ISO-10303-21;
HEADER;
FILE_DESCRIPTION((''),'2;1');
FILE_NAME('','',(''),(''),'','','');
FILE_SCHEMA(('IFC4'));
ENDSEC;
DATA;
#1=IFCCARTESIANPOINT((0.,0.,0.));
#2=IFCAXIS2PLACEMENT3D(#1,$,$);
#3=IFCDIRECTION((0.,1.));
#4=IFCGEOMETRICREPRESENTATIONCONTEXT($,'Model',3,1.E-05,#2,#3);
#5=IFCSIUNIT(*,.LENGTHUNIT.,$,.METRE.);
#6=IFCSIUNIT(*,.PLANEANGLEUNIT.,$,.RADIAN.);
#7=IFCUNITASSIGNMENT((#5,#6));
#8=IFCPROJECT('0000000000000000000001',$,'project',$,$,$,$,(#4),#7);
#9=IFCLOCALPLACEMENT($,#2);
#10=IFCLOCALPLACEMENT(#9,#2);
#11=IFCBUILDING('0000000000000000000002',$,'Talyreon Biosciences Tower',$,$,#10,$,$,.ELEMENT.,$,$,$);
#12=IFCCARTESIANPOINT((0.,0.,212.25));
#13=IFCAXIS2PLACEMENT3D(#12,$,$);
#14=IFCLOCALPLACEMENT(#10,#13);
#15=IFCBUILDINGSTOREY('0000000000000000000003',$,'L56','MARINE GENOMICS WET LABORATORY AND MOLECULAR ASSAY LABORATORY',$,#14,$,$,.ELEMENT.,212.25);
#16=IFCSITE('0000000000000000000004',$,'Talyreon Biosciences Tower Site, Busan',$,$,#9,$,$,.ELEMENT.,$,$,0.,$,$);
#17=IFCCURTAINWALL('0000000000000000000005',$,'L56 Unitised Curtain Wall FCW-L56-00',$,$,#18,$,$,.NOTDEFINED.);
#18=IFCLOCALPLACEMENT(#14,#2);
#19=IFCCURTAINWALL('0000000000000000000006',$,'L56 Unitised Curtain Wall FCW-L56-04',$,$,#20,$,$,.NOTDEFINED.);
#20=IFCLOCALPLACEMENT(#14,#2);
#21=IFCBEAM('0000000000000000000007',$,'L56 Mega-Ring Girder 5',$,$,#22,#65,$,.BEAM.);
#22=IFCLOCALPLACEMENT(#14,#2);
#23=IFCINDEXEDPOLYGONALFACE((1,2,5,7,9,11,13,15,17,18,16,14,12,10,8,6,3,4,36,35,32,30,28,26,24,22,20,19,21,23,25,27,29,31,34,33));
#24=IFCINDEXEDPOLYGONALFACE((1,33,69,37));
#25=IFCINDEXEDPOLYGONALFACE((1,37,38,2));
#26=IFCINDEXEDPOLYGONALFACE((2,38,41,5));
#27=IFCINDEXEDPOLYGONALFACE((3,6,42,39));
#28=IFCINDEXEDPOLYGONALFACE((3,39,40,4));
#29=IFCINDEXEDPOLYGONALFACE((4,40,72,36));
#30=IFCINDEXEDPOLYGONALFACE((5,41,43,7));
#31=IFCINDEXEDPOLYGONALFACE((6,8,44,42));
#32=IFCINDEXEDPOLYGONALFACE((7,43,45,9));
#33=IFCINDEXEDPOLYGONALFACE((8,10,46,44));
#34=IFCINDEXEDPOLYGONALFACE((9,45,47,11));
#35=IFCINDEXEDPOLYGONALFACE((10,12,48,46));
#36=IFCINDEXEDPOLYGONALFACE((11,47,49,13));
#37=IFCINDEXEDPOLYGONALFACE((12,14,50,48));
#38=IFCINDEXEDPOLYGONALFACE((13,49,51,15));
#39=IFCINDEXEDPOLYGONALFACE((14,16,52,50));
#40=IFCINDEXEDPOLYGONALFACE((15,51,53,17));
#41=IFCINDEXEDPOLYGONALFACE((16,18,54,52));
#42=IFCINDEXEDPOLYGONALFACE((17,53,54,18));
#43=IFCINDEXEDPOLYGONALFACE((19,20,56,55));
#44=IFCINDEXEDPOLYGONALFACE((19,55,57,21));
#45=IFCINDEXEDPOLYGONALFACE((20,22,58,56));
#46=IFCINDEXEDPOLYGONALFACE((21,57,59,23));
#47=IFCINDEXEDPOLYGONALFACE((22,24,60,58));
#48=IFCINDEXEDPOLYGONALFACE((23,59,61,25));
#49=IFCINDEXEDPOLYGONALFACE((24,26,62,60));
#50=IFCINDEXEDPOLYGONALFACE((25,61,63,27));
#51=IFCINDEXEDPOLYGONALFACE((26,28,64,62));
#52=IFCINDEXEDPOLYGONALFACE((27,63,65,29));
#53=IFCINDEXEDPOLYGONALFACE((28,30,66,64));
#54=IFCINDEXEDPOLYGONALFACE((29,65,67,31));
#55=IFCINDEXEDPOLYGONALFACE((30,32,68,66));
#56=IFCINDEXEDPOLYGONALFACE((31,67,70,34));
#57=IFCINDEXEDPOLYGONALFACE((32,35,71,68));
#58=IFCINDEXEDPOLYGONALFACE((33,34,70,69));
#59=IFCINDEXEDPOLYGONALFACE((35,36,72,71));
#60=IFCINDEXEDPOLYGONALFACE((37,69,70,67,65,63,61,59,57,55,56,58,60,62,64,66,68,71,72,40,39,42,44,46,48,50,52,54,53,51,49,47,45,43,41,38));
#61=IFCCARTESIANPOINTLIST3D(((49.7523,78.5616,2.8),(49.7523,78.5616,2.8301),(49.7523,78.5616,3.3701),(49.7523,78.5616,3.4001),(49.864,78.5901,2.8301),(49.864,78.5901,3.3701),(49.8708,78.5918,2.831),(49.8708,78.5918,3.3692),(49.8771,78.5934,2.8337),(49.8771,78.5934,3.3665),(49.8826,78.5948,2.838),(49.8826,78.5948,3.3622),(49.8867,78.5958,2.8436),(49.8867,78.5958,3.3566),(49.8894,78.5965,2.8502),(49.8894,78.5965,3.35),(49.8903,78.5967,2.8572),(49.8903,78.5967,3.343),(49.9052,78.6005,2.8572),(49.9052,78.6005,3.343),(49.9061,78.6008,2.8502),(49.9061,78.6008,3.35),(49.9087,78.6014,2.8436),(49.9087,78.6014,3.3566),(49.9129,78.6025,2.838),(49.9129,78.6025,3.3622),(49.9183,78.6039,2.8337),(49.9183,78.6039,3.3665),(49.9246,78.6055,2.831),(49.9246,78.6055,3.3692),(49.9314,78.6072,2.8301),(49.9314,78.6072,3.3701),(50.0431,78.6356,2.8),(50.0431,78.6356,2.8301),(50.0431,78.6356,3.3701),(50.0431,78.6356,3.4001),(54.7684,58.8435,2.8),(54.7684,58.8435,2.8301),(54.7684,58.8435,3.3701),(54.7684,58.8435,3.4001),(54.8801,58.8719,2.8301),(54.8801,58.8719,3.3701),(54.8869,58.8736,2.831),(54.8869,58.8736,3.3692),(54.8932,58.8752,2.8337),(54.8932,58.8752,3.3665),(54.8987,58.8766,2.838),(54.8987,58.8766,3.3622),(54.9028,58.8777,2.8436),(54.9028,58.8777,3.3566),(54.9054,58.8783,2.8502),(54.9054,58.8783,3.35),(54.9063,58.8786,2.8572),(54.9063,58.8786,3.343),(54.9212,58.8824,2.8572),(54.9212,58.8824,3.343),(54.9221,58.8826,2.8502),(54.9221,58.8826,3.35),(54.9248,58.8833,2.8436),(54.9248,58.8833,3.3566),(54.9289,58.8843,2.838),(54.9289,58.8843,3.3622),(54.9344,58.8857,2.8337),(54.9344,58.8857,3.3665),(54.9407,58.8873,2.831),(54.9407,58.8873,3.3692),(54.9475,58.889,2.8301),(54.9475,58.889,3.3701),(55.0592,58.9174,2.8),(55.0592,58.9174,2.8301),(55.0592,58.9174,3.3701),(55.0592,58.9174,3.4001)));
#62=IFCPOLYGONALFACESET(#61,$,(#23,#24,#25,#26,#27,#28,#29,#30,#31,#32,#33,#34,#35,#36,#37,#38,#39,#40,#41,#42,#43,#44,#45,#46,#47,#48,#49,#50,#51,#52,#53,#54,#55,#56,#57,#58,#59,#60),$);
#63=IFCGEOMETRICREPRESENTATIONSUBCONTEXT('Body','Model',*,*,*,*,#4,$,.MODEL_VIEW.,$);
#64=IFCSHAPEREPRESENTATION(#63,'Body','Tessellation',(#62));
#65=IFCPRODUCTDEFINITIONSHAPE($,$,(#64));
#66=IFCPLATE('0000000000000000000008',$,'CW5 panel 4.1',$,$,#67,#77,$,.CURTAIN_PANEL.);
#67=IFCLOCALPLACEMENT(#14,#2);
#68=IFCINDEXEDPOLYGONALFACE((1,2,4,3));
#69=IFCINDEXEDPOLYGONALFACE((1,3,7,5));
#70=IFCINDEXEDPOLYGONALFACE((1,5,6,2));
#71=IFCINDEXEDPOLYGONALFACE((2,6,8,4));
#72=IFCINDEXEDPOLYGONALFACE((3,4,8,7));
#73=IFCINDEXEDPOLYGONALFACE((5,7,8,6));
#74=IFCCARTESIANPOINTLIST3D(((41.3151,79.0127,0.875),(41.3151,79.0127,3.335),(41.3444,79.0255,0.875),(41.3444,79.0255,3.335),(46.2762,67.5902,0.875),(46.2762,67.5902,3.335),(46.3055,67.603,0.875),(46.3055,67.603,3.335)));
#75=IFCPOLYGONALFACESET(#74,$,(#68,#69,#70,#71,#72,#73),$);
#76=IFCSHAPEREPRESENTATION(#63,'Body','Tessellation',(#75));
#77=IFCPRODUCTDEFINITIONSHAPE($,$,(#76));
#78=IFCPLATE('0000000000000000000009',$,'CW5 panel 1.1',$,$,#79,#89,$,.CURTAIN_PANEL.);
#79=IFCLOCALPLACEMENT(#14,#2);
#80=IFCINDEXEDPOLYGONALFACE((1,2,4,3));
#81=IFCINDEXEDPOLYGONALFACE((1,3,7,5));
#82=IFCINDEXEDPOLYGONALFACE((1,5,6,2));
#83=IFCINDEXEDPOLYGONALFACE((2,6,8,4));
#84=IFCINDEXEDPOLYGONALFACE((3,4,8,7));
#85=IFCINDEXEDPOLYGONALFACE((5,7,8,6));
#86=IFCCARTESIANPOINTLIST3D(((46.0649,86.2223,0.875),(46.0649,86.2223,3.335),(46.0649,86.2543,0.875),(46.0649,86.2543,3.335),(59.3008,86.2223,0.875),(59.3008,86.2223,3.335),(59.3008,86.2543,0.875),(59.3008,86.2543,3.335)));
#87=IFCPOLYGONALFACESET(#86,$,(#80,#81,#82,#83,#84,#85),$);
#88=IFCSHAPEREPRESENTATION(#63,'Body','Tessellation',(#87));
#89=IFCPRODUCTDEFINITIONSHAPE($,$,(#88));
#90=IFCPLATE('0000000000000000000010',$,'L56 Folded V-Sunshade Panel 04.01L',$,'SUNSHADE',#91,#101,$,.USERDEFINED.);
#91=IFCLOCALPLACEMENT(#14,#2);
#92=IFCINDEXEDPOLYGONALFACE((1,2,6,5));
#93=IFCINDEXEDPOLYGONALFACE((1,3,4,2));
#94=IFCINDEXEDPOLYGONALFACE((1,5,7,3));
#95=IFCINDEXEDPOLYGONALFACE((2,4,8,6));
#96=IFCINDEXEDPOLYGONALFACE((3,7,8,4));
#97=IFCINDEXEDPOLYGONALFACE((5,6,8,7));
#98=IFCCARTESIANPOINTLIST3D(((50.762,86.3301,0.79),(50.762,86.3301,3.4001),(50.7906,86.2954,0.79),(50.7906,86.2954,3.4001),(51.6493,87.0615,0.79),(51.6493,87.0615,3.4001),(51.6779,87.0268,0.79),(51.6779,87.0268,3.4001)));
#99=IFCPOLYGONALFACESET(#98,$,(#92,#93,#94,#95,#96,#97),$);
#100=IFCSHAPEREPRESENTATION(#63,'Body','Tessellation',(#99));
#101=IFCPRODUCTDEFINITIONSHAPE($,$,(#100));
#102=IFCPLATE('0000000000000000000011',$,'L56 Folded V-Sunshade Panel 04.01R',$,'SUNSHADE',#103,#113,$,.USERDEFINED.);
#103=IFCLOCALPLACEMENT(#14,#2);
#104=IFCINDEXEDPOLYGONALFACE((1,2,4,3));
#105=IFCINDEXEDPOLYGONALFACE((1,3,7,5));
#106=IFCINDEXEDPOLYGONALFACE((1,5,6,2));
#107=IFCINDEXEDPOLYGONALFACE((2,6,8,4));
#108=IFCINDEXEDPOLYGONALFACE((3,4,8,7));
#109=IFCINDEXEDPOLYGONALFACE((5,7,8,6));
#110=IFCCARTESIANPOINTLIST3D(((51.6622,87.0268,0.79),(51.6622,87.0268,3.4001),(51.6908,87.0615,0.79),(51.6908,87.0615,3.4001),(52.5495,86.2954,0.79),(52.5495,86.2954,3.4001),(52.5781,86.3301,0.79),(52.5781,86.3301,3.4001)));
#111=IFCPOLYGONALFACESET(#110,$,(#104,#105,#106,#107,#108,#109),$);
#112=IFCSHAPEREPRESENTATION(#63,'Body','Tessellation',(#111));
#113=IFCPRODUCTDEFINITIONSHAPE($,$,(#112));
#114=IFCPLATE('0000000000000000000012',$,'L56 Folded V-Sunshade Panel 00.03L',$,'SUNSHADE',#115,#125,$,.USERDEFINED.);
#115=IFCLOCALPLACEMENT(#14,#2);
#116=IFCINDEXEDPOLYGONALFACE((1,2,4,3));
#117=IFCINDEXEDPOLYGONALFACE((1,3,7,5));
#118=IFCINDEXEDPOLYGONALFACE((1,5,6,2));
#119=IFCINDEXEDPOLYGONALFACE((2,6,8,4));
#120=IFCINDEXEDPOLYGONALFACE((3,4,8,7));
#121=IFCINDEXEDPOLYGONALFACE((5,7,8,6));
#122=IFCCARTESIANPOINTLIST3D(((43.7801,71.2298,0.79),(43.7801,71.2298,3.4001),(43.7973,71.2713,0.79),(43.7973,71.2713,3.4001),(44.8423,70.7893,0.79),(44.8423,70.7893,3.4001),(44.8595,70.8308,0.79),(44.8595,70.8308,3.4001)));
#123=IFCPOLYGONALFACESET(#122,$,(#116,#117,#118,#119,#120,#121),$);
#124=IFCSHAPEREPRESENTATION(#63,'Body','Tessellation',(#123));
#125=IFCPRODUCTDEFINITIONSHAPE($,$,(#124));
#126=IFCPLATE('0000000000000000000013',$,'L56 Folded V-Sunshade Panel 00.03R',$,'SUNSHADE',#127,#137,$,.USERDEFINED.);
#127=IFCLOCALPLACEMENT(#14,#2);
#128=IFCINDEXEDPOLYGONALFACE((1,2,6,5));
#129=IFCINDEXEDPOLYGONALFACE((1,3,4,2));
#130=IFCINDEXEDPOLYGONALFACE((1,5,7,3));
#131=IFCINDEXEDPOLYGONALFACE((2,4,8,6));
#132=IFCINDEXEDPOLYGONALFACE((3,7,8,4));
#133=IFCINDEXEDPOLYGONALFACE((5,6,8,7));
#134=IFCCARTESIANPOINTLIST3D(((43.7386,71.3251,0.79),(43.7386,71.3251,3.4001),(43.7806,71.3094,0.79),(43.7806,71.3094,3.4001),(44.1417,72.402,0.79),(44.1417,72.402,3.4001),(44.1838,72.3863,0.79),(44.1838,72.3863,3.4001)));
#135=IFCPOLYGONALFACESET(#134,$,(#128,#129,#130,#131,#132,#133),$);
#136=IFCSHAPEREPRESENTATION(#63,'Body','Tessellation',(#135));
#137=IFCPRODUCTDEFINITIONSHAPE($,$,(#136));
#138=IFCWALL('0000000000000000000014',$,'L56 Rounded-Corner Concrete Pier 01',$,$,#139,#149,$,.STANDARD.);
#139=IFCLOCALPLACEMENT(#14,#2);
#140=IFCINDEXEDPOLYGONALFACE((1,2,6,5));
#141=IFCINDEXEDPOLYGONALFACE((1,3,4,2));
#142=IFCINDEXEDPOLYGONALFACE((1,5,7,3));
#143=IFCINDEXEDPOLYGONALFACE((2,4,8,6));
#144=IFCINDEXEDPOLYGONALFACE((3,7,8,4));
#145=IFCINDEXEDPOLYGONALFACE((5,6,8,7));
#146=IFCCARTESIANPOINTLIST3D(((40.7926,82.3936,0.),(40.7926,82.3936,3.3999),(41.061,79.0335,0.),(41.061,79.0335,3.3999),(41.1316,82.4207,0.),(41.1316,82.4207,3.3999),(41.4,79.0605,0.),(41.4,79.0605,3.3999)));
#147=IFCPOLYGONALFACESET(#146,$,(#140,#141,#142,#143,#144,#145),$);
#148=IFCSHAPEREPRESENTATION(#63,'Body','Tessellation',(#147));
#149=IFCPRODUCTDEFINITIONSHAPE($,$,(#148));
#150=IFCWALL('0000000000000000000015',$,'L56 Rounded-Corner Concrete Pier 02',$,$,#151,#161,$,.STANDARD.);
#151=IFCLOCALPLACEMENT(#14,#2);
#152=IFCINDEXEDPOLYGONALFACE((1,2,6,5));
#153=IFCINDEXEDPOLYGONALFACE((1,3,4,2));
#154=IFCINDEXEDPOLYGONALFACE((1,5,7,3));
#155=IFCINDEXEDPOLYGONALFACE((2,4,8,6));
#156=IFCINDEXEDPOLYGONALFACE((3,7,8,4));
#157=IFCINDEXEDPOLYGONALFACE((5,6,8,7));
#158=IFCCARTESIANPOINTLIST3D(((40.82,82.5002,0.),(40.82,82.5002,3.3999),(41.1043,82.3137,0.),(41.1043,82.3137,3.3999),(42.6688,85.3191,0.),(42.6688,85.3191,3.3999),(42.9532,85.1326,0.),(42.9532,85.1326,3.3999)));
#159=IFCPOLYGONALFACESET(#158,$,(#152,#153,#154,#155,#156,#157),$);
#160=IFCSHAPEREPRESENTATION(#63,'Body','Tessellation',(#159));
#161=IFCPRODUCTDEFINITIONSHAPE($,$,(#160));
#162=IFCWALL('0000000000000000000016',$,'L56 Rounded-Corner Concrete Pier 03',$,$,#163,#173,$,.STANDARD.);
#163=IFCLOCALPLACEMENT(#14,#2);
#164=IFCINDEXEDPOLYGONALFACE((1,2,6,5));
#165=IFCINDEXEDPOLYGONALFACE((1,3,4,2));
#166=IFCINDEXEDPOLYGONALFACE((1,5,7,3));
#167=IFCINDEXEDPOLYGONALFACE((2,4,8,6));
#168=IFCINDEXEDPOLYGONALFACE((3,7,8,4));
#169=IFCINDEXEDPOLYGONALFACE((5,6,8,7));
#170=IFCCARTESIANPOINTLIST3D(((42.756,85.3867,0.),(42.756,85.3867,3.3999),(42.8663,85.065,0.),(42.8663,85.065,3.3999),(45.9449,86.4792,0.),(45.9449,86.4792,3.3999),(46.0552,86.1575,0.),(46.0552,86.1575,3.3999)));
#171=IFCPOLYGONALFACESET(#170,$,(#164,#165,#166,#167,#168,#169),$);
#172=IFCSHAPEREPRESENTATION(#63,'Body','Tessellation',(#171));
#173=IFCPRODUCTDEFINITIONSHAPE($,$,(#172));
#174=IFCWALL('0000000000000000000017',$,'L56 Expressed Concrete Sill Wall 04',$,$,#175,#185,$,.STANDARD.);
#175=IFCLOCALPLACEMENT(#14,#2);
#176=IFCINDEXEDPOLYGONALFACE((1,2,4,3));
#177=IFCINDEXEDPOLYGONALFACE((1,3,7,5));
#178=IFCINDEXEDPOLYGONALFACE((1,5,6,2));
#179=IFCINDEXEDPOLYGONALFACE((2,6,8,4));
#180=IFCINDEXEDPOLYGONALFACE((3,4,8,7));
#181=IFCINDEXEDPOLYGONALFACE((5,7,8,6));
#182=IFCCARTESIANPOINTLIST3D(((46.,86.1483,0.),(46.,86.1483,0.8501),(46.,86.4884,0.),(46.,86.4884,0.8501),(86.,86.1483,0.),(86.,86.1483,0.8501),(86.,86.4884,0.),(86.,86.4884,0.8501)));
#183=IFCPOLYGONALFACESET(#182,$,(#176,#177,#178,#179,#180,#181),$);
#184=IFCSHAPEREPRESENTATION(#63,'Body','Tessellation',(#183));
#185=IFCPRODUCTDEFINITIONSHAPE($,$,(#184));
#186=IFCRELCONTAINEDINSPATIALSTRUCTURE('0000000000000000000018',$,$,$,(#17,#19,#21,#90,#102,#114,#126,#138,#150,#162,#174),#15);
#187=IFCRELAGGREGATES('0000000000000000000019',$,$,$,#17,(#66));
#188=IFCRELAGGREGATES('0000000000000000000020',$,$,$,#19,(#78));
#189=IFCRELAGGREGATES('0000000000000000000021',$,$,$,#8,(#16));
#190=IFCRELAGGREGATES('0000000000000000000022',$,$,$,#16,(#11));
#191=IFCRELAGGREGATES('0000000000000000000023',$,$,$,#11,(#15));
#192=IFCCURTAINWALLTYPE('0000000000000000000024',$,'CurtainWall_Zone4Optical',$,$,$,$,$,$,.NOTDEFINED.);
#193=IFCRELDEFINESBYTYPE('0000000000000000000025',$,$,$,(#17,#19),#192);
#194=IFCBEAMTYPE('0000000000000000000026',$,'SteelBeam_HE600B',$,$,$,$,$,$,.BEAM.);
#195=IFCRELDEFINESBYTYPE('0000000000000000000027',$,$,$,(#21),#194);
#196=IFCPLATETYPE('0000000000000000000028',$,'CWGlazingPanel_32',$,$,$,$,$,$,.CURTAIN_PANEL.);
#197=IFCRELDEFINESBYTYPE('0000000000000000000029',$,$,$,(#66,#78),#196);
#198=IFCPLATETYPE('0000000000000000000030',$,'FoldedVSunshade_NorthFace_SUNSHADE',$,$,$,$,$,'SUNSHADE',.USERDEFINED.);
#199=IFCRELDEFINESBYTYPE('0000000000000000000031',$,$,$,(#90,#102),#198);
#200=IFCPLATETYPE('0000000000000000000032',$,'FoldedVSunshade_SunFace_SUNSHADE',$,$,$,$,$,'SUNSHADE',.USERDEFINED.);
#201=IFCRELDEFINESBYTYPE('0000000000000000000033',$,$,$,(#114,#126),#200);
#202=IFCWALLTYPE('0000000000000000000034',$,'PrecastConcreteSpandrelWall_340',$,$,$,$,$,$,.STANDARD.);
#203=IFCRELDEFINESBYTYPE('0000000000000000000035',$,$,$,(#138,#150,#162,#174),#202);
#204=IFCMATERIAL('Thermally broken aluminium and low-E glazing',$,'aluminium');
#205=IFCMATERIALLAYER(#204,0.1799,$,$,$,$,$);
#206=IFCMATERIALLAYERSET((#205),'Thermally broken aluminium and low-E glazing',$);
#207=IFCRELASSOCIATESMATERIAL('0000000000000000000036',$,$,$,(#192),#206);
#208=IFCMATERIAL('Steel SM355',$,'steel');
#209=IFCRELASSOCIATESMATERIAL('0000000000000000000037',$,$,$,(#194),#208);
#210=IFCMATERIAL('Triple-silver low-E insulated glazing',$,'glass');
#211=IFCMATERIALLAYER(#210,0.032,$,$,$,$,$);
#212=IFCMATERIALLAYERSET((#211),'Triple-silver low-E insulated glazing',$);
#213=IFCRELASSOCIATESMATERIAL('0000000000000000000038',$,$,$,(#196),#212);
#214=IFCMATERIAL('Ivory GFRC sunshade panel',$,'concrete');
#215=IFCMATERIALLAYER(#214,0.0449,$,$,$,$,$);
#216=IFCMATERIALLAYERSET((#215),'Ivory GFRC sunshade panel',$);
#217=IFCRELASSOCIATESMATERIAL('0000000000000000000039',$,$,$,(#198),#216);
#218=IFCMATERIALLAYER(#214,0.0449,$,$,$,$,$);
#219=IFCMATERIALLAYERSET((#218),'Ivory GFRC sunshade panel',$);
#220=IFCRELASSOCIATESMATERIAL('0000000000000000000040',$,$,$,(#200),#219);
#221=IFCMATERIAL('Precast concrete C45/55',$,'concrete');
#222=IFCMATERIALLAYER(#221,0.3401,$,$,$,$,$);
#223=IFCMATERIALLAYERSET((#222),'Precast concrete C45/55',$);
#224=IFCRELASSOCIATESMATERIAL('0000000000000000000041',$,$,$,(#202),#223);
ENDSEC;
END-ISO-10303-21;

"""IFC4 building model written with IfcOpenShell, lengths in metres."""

from ifc_helpers import new_model, si_unit, direction, frame, frame_2d, origin, origin_2d, place, context, subcontext, project, spatial, rectangle, i_section, extrude, material, layer, layer_set, material_profile, profile_set, type_object, element, aggregate, save


model = new_model("IFC4")

# Units and contexts
model_context = context("Model", 3, precision=1e-05, world=origin(), true_north=direction((0.0, 1.0)))
body_context = subcontext(model_context, "Body", "Model", "MODEL_VIEW")
ifc_project = project(units=[si_unit("LENGTHUNIT", "METRE"), si_unit("PLANEANGLEUNIT", "RADIAN")], contexts=[model_context])

# Site, building, storey
site_placement = place(None, origin())
site = spatial("IfcSite", under=ifc_project, at=site_placement, Name="Talyreon Biosciences Tower Site, Busan", CompositionType="ELEMENT", RefElevation=0.0)
building_placement = place(site_placement, origin())
building = spatial("IfcBuilding", under=site, at=building_placement, Name="Talyreon Biosciences Tower", CompositionType="ELEMENT")
storey_placement = place(building_placement, frame((0.0, 0.0, 212.25)))
storey = spatial("IfcBuildingStorey", under=building, at=storey_placement, Name="L56", Description="MARINE GENOMICS WET LABORATORY AND MOLECULAR ASSAY LABORATORY", CompositionType="ELEMENT", Elevation=212.25)

# Curtain wall
ifc_material_1 = material(Name="Thermally broken aluminium and low-E glazing", Category="aluminium")
ifc_layer_1 = layer(ifc_material_1, 0.1799)
ifc_layer_set_1 = layer_set([ifc_layer_1], Name="Thermally broken aluminium and low-E glazing")
curtain_wall_type = type_object("IfcCurtainWallType", Name="CurtainWall_Zone4Optical", PredefinedType="NOTDEFINED", material=ifc_layer_set_1)
curtain_wall_1_placement = place(storey_placement, origin())
curtain_wall_1 = element("IfcCurtainWall", 1, at=curtain_wall_1_placement, inside=storey, type_object=curtain_wall_type, Name="L56 Unitised Curtain Wall FCW-L56-00", PredefinedType="NOTDEFINED")

# Curtain wall
curtain_wall_2_placement = place(storey_placement, origin())
curtain_wall_2 = element("IfcCurtainWall", 2, at=curtain_wall_2_placement, inside=storey, type_object=curtain_wall_type, Name="L56 Unitised Curtain Wall FCW-L56-04", PredefinedType="NOTDEFINED")

# Beam
ifc_material_2 = material(Name="Precast concrete C45/55", Category="concrete")
ifc_material_3 = material(Name="Steel SM355", Category="steel")
ifc_material_profile_1 = material_profile(ifc_material_3, i_section(OverallWidth=0.3, OverallDepth=0.6001, WebThickness=0.0154, FlangeThickness=0.03, FilletRadius=0.0271, at=origin_2d()), Name="HE600B")
ifc_profile_set_1 = profile_set([ifc_material_profile_1], Name="Steel SM355")
beam_type_1 = type_object("IfcBeamType", Name="SteelBeam_HE600B", PredefinedType="BEAM", material=ifc_profile_set_1)
beam_1_placement = place(storey_placement, frame((49.8977, 78.5986, 3.1001), z_axis=(0.246537, -0.969133, 0.0), x_axis=(0.969133, 0.246537, 0.0)))
element("IfcBeam", 3, at=beam_1_placement, inside=storey, type_object=beam_type_1, Name="L56 Mega-Ring Girder 5", PredefinedType="BEAM", context=body_context, shape_type="SweptSolid", body=[
    extrude(i_section(OverallWidth=0.3, OverallDepth=0.6001, WebThickness=0.0154, FlangeThickness=0.03, FilletRadius=0.0271, at=origin_2d()), origin(), (0.0, 0.0, 1.0), 20.3462),
])

# Plates
ifc_material_4 = material(Name="Triple-silver low-E insulated glazing", Category="glass")
ifc_layer_2 = layer(ifc_material_4, 0.032)
ifc_layer_set_2 = layer_set([ifc_layer_2], Name="Triple-silver low-E insulated glazing")
plate_type_1 = type_object("IfcPlateType", Name="CWGlazingPanel_32", PredefinedType="CURTAIN_PANEL", material=ifc_layer_set_2)
plate_1_placement = place(storey_placement, frame((43.8103, 73.3079, 0.875), z_axis=(0.0, 0.0, 1.0), x_axis=(-0.398376, 0.917222, 0.0)))
plate_1 = element("IfcPlate", 4, at=plate_1_placement, type_object=plate_type_1, Name="CW5 panel 4.1", PredefinedType="CURTAIN_PANEL", context=body_context, shape_type="SweptSolid", body=[
    extrude(rectangle(XDim=12.4534, YDim=0.032, at=origin_2d()), origin(), (0.0, 0.0, 1.0), 2.46),
])
aggregate(curtain_wall_1, [plate_1])
plate_2_placement = place(storey_placement, frame((52.6829, 86.2383, 0.875), z_axis=(0.0, 0.0, 1.0), x_axis=(1.0, 0.0, 0.0)))
plate_2 = element("IfcPlate", 5, at=plate_2_placement, type_object=plate_type_1, Name="CW5 panel 1.1", PredefinedType="CURTAIN_PANEL", context=body_context, shape_type="SweptSolid", body=[
    extrude(rectangle(XDim=13.2358, YDim=0.032, at=origin_2d()), origin(), (0.0, 0.0, 1.0), 2.46),
])
aggregate(curtain_wall_2, [plate_2])

# Plates
ifc_material_5 = material(Name="Ivory GFRC sunshade panel", Category="concrete")
ifc_layer_3 = layer(ifc_material_5, 0.0449)
ifc_layer_set_3 = layer_set([ifc_layer_3], Name="Ivory GFRC sunshade panel")
plate_type_2 = type_object("IfcPlateType", Name="FoldedVSunshade_NorthFace_SUNSHADE", ElementType="SUNSHADE", PredefinedType="USERDEFINED", material=ifc_layer_set_3)
for number, where, z_axis, x_axis, name in (
    (6, (51.22, 86.6785, 0.79), (0.0, 0.0, 1.0), (0.771625, 0.636078, 0.0), "L56 Folded V-Sunshade Panel 04.01L"),
    (7, (52.1201, 86.6785, 0.79), (0.0, 0.0, 1.0), (0.771625, -0.636078, 0.0), "L56 Folded V-Sunshade Panel 04.01R"),
):
    element("IfcPlate", number, at=place(storey_placement, frame(where, z_axis=z_axis, x_axis=x_axis)), inside=storey, type_object=plate_type_2, Name=name, ObjectType="SUNSHADE", PredefinedType="USERDEFINED", context=body_context, shape_type="SweptSolid", body=[
        extrude(rectangle(XDim=1.1499, YDim=0.0449, at=origin_2d()), origin(), (0.0, 0.0, 1.0), 2.6101),
    ])
ifc_layer_4 = layer(ifc_material_5, 0.0449)
ifc_layer_set_4 = layer_set([ifc_layer_4], Name="Ivory GFRC sunshade panel")
plate_type_3 = type_object("IfcPlateType", Name="FoldedVSunshade_SunFace_SUNSHADE", ElementType="SUNSHADE", PredefinedType="USERDEFINED", material=ifc_layer_set_4)
for number, where, z_axis, x_axis, name in (
    (8, (44.3198, 71.0303, 0.79), (0.0, 0.0, 1.0), (-0.923726, 0.383054, 0.0), "L56 Folded V-Sunshade Panel 00.03L"),
    (9, (43.9612, 71.8557, 0.79), (0.0, 0.0, 1.0), (0.350583, 0.936532, 0.0), "L56 Folded V-Sunshade Panel 00.03R"),
):
    element("IfcPlate", number, at=place(storey_placement, frame(where, z_axis=z_axis, x_axis=x_axis)), inside=storey, type_object=plate_type_3, Name=name, ObjectType="SUNSHADE", PredefinedType="USERDEFINED", context=body_context, shape_type="SweptSolid", body=[
        extrude(rectangle(XDim=1.1499, YDim=0.0449, at=origin_2d()), origin(), (0.0, 0.0, 1.0), 2.6101),
    ])

# Walls
ifc_layer_5 = layer(ifc_material_2, 0.3401)
ifc_layer_set_5 = layer_set([ifc_layer_5], Name="Precast concrete C45/55")
wall_type = type_object("IfcWallType", Name="PrecastConcreteSpandrelWall_340", PredefinedType="STANDARD", material=ifc_layer_set_5)
wall_1_placement = place(storey_placement, frame((41.2305, 79.0469, 0.0), z_axis=(0.0, 0.0, 1.0), x_axis=(-0.079598, 0.996827, 0.0)))
element("IfcWall", 10, at=wall_1_placement, inside=storey, type_object=wall_type, Name="L56 Rounded-Corner Concrete Pier 01", PredefinedType="STANDARD", context=body_context, shape_type="SweptSolid", body=[
    extrude(rectangle(XDim=3.3708, YDim=0.3401, at=frame_2d((1.6855, 0.0))), origin(), (0.0, 0.0, 1.0), 3.3999),
])
wall_2_placement = place(storey_placement, frame((40.9622, 82.407, 0.0), z_axis=(0.0, 0.0, 1.0), x_axis=(0.548451, 0.836183, 0.0)))
element("IfcWall", 11, at=wall_2_placement, inside=storey, type_object=wall_type, Name="L56 Rounded-Corner Concrete Pier 02", PredefinedType="STANDARD", context=body_context, shape_type="SweptSolid", body=[
    extrude(rectangle(XDim=3.3711, YDim=0.3401, at=frame_2d((1.6855, 0.0))), origin(), (0.0, 0.0, 1.0), 3.3999),
])
wall_3_placement = place(storey_placement, frame((42.811, 85.2258, 0.0), z_axis=(0.0, 0.0, 1.0), x_axis=(0.946021, 0.324104, 0.0)))
element("IfcWall", 12, at=wall_3_placement, inside=storey, type_object=wall_type, Name="L56 Rounded-Corner Concrete Pier 03", PredefinedType="STANDARD", context=body_context, shape_type="SweptSolid", body=[
    extrude(rectangle(XDim=3.3708, YDim=0.3401, at=frame_2d((1.6855, 0.0))), origin(), (0.0, 0.0, 1.0), 3.3999),
])
wall_4_placement = place(storey_placement, frame((46.0, 86.3184, 0.0), z_axis=(0.0, 0.0, 1.0), x_axis=(1.0, 0.0, 0.0)))
element("IfcWall", 13, at=wall_4_placement, inside=storey, type_object=wall_type, Name="L56 Expressed Concrete Sill Wall 04", PredefinedType="STANDARD", context=body_context, shape_type="SweptSolid", body=[
    extrude(rectangle(XDim=40.0, YDim=0.3401, at=frame_2d((20.0, 0.0))), origin(), (0.0, 0.0, 1.0), 0.8501),
])

save(model, "model.ifc")
